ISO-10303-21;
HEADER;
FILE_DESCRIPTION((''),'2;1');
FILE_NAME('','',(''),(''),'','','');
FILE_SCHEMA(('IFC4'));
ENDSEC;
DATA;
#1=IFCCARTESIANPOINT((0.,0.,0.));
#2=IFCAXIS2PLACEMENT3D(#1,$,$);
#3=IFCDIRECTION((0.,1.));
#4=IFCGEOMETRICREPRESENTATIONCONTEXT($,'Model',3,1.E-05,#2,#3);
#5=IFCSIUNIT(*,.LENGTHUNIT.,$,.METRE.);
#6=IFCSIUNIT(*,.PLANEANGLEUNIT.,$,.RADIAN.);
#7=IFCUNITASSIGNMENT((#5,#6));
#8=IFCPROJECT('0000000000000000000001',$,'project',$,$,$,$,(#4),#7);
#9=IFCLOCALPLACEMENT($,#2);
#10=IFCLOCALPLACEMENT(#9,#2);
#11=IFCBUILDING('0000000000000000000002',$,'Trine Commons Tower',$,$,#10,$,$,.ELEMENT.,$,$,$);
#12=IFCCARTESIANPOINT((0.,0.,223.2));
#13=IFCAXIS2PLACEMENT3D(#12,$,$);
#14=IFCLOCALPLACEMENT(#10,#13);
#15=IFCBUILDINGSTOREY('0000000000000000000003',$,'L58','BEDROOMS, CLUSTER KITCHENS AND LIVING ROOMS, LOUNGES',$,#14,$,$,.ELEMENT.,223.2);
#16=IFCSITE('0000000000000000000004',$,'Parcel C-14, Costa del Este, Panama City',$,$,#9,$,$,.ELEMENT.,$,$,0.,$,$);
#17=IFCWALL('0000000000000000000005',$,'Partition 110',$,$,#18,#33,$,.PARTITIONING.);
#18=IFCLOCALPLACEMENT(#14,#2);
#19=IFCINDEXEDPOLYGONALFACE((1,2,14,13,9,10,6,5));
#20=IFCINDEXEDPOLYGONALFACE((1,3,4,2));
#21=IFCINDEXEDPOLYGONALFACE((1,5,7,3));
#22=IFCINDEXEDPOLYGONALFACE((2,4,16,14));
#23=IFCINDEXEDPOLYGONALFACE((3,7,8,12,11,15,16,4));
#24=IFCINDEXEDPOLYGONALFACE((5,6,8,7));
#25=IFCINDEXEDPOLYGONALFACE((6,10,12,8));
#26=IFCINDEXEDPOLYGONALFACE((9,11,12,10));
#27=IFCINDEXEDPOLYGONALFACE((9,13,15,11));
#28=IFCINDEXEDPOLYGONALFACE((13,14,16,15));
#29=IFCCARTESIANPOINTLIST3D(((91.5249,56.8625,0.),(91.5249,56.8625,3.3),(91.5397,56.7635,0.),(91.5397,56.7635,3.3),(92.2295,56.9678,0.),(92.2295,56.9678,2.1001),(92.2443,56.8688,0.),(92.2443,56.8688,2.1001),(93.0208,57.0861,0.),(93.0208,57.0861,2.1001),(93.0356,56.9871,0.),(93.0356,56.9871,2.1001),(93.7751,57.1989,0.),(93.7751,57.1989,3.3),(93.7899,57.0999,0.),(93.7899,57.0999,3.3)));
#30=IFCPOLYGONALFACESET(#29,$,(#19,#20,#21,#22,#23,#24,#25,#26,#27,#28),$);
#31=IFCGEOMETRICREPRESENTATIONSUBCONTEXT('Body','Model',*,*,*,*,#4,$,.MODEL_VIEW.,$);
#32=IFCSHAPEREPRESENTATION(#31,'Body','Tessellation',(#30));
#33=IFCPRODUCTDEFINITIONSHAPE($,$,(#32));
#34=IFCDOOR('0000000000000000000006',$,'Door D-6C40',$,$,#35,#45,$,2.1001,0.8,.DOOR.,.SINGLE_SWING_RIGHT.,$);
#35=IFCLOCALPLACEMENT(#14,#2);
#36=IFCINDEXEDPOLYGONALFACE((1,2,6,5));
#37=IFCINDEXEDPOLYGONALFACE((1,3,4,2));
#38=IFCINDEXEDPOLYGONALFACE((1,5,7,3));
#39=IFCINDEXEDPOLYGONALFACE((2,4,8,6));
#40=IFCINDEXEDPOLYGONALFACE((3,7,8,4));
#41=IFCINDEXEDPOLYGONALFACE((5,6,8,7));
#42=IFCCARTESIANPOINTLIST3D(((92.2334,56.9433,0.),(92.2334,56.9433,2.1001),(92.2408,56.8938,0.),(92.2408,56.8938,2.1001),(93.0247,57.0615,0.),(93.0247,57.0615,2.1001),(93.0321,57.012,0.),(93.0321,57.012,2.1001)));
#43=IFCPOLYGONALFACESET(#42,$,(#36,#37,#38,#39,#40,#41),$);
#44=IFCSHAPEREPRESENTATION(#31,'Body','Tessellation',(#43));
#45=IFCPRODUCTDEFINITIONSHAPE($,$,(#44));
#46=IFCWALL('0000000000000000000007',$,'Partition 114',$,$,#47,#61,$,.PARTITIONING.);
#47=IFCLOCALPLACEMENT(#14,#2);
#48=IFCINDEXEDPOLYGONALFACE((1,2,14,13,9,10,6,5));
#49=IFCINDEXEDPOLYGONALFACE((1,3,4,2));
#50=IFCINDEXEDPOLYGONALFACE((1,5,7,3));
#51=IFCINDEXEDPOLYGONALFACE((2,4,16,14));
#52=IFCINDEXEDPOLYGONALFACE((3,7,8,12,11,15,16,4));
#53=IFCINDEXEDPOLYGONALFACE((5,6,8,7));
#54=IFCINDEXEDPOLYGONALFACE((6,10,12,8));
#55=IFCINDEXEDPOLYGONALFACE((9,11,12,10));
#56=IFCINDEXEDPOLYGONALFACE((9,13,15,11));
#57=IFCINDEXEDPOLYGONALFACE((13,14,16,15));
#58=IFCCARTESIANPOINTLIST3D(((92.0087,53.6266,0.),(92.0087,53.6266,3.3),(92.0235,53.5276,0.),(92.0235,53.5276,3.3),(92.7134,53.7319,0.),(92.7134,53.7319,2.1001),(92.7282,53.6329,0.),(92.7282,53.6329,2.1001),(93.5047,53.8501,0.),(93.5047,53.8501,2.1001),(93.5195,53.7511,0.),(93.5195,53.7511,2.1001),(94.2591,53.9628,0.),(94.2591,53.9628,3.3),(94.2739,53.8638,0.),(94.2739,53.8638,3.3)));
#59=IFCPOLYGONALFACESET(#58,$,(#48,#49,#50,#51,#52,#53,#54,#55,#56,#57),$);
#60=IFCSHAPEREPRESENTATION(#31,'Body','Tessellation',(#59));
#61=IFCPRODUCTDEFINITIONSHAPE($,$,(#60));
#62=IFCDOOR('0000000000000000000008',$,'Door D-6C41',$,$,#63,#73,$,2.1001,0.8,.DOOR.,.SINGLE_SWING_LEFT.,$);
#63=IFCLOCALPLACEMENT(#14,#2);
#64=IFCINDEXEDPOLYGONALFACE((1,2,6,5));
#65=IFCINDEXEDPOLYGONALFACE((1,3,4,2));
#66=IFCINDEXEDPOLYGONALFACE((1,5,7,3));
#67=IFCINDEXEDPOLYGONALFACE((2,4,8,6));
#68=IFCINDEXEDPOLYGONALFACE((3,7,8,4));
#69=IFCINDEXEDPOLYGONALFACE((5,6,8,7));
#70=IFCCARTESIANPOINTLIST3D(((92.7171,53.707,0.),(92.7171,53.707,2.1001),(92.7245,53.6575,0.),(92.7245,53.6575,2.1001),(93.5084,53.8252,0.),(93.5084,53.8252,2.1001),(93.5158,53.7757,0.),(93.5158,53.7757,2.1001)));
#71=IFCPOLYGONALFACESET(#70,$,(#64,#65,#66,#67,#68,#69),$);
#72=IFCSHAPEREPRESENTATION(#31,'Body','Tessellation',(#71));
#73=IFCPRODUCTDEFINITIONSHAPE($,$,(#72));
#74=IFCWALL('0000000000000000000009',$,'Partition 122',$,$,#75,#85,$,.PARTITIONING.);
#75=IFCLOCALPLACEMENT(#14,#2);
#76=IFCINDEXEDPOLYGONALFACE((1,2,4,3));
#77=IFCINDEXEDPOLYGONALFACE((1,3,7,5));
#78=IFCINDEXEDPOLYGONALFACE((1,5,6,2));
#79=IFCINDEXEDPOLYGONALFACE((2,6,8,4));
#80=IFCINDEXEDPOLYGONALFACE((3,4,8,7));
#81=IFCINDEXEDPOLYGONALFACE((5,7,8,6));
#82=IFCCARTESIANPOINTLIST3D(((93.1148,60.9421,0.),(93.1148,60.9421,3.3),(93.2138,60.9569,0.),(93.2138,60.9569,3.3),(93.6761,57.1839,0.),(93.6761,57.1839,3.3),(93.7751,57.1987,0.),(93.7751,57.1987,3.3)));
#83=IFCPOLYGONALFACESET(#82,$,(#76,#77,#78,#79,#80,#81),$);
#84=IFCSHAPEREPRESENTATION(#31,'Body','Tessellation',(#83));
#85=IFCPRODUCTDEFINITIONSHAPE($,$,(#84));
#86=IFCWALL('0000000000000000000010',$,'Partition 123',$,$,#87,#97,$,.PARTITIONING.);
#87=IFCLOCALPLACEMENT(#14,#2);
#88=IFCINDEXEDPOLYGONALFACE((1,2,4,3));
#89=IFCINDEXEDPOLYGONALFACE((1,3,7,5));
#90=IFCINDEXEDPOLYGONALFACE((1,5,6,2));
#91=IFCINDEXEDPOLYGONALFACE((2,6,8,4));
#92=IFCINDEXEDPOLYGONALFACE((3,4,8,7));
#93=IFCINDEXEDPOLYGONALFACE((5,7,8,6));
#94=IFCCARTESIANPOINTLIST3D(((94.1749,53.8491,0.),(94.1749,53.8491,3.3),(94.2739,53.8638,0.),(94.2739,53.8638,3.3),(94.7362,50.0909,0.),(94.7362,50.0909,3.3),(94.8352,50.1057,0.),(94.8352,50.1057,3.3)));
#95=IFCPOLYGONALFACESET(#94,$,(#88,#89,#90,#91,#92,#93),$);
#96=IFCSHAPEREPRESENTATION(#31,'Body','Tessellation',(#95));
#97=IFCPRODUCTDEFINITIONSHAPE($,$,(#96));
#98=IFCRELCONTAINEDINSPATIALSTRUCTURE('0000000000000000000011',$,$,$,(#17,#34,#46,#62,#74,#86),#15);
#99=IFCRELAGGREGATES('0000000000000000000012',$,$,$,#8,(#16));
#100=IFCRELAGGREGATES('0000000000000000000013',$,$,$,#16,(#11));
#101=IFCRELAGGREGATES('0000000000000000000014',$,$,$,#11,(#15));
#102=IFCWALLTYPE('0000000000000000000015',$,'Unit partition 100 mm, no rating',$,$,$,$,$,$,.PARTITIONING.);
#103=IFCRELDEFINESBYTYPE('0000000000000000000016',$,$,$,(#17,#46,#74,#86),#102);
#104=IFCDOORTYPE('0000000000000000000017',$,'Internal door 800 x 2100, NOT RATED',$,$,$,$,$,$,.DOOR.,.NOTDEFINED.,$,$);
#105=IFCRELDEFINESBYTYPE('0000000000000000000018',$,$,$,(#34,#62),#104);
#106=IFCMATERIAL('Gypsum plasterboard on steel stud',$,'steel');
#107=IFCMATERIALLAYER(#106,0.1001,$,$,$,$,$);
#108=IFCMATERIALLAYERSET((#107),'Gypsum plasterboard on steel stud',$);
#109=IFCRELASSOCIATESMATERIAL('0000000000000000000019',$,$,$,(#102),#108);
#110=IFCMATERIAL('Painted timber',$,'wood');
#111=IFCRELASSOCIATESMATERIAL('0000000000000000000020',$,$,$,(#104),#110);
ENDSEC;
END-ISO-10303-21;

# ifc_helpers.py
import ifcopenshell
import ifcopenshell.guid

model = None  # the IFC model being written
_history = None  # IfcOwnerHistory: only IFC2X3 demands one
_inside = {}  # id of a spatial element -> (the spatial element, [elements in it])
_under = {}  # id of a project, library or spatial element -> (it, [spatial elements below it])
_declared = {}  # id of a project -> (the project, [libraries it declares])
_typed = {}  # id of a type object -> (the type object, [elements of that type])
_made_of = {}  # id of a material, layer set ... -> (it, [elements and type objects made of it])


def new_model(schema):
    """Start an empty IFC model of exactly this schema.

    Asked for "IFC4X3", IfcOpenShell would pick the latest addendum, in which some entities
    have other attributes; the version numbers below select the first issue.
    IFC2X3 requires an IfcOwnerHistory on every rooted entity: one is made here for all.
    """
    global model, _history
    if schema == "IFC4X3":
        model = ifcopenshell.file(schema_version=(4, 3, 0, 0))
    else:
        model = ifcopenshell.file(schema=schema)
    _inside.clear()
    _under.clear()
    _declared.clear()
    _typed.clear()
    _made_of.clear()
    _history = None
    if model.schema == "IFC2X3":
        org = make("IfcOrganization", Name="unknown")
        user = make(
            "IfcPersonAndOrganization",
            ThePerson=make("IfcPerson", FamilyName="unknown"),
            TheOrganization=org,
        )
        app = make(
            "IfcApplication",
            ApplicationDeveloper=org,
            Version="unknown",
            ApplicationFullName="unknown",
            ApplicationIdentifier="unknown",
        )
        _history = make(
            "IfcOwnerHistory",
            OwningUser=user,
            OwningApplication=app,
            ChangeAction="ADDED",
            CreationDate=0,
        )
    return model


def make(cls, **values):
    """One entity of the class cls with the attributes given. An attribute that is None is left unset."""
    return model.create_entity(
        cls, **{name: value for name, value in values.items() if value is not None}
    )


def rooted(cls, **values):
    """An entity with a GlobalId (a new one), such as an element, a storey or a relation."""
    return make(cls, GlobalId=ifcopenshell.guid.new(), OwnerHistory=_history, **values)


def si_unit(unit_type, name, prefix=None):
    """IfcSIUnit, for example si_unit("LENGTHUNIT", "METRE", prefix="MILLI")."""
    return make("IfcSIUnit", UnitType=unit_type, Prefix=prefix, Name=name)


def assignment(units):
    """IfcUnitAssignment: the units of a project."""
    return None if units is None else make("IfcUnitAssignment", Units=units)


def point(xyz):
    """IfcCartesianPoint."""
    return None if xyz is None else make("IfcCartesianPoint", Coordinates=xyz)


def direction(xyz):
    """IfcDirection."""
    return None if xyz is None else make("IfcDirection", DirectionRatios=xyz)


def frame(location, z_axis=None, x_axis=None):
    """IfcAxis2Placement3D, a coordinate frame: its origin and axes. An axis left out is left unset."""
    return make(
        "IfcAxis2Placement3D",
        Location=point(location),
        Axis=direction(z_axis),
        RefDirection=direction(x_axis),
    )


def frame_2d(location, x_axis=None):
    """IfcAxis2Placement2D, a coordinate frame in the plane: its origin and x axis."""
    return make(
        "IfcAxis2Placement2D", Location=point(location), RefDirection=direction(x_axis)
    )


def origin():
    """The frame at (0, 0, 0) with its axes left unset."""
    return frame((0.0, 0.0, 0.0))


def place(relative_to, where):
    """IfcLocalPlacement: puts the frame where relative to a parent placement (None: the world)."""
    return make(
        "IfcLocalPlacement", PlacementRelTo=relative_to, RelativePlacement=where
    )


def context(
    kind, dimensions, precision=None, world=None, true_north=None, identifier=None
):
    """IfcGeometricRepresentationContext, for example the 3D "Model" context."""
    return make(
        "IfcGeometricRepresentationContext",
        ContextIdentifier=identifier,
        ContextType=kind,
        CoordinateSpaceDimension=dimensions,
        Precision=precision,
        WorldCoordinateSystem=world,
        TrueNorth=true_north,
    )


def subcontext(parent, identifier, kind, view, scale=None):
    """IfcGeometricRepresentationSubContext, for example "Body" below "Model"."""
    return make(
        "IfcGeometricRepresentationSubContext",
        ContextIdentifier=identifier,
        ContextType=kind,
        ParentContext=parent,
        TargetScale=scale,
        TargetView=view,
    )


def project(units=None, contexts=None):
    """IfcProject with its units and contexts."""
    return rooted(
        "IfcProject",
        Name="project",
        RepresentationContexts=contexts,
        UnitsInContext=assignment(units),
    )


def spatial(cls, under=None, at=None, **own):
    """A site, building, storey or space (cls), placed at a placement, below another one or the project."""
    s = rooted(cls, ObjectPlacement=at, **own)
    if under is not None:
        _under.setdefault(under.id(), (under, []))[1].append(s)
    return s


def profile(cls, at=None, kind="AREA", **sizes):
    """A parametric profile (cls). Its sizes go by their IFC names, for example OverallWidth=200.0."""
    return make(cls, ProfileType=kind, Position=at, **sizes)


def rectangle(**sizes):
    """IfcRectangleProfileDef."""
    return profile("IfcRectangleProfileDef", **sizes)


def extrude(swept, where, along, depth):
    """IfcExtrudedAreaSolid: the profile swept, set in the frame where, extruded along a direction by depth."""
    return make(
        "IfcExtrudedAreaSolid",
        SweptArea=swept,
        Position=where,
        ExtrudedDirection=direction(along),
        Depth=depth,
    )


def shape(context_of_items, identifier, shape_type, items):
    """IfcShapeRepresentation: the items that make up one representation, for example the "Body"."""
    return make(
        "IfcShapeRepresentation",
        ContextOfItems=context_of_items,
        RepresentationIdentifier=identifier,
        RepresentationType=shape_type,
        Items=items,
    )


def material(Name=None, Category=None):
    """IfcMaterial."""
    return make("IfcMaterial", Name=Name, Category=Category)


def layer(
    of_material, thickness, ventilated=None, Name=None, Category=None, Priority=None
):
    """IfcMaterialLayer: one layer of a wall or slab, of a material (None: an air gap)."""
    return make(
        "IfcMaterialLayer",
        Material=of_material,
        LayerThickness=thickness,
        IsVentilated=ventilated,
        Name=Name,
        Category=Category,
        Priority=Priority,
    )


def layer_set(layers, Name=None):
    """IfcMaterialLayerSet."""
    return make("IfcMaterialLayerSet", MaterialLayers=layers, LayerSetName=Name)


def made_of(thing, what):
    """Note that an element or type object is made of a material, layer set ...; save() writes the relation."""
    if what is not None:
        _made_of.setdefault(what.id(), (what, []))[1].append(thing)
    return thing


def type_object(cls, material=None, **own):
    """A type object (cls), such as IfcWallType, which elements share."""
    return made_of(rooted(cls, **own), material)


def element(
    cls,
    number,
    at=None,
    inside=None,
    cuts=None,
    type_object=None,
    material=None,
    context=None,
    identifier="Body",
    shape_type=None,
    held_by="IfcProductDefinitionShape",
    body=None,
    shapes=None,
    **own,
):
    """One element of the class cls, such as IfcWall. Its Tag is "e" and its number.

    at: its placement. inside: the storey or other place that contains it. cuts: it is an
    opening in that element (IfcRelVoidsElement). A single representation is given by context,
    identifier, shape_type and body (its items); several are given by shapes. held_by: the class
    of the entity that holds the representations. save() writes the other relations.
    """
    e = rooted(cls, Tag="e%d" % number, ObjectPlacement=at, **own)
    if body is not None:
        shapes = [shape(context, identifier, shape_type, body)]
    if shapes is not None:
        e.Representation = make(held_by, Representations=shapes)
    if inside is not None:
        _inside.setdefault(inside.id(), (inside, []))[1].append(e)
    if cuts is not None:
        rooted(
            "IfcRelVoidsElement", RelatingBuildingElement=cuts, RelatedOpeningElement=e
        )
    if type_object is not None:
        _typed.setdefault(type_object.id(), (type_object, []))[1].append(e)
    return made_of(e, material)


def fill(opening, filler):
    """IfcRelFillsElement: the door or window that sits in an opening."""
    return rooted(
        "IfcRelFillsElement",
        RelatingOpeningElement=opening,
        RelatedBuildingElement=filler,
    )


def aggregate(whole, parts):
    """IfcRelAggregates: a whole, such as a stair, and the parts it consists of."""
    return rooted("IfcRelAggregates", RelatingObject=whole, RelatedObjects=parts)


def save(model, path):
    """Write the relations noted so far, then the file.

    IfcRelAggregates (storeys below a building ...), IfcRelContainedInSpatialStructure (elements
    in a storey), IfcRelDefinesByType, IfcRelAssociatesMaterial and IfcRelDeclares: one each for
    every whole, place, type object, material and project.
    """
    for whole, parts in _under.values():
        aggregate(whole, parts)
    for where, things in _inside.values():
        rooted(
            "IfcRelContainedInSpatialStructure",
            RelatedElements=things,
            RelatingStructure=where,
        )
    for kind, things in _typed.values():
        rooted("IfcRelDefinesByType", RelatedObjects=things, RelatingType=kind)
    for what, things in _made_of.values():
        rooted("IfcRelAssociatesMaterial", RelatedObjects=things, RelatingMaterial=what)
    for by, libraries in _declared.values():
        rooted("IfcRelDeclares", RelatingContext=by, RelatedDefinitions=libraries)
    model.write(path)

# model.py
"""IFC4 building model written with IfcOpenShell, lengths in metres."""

from ifc_helpers import new_model, si_unit, direction, frame, frame_2d, origin, place, context, subcontext, project, spatial, rectangle, extrude, material, layer, layer_set, type_object, element, fill, save


model = new_model("IFC4")

# Units and contexts
model_context = context("Model", 3, precision=1e-05, world=origin(), true_north=direction((0.0, 1.0)))
body_context = subcontext(model_context, "Body", "Model", "MODEL_VIEW")
ifc_project = project(units=[si_unit("LENGTHUNIT", "METRE"), si_unit("PLANEANGLEUNIT", "RADIAN")], contexts=[model_context])

# Site, building, storey
site_placement = place(None, origin())
site = spatial("IfcSite", under=ifc_project, at=site_placement, Name="Parcel C-14, Costa del Este, Panama City", CompositionType="ELEMENT", RefElevation=0.0)
building_placement = place(site_placement, origin())
building = spatial("IfcBuilding", under=site, at=building_placement, Name="Trine Commons Tower", CompositionType="ELEMENT")
storey_placement = place(building_placement, frame((0.0, 0.0, 223.2)))
storey = spatial("IfcBuildingStorey", under=building, at=storey_placement, Name="L58", Description="BEDROOMS, CLUSTER KITCHENS AND LIVING ROOMS, LOUNGES", CompositionType="ELEMENT", Elevation=223.2)

# Shared definitions
ifc_material_1 = material(Name="Gypsum plasterboard on steel stud", Category="steel")

# Walls, openings, doors
ifc_layer_1 = layer(ifc_material_1, 0.1001)
ifc_layer_set_1 = layer_set([ifc_layer_1], Name="Gypsum plasterboard on steel stud")
wall_type_1 = type_object("IfcWallType", Name="Unit partition 100 mm, no rating", PredefinedType="PARTITIONING", material=ifc_layer_set_1)
ifc_material_2 = material(Name="Painted timber", Category="wood")
door_type_1 = type_object("IfcDoorType", Name="Internal door 800 x 2100, NOT RATED", OperationType="NOTDEFINED", PredefinedType="DOOR", material=ifc_material_2)
wall_1_placement = place(storey_placement, frame((91.5322, 56.813, 0.0), z_axis=(0.0, 0.0, 1.0), x_axis=(0.989008, 0.147863, 0.0)))
wall_1 = element("IfcWall", 1, at=wall_1_placement, inside=storey, type_object=wall_type_1, Name="Partition 110", PredefinedType="PARTITIONING", context=body_context, shape_type="SweptSolid", body=[
    extrude(rectangle(XDim=2.2751, YDim=0.1001, at=frame_2d((1.1377, 0.0))), origin(), (0.0, 0.0, 1.0), 3.3),
])
opening_1_placement = place(wall_1_placement, frame((0.7126, 0.0, 0.0)))
opening_1 = element("IfcOpeningElement", 2, at=opening_1_placement, cuts=wall_1, PredefinedType="OPENING", context=body_context, shape_type="SweptSolid", body=[
    extrude(rectangle(XDim=0.8, YDim=2.1001, at=frame_2d((0.3999, 1.05))), frame((0.0, 0.0601, 0.0), z_axis=(0.0, -1.0, 0.0), x_axis=(1.0, 0.0, 0.0)), (0.0, 0.0, 1.0), 0.1201),
])
door_1_placement = place(opening_1_placement, frame((0.8, 0.0, 0.0), z_axis=(0.0, 0.0, 1.0), x_axis=(-1.0, 0.0, 0.0)))
door_1 = element("IfcDoor", 3, at=door_1_placement, inside=storey, type_object=door_type_1, Name="Door D-6C40", OperationType="SINGLE_SWING_RIGHT", OverallHeight=2.1001, OverallWidth=0.8, PredefinedType="DOOR", context=body_context, shape_type="SweptSolid", body=[
    extrude(rectangle(XDim=0.8, YDim=2.1001, at=frame_2d((0.3999, 1.05))), frame((0.0, 0.0249, 0.0), z_axis=(0.0, -1.0, 0.0), x_axis=(1.0, 0.0, 0.0)), (0.0, 0.0, 1.0), 0.05),
])
fill(opening_1, door_1)
wall_2_placement = place(storey_placement, frame((92.0161, 53.5771, 0.0), z_axis=(0.0, 0.0, 1.0), x_axis=(0.989026, 0.147742, 0.0)))
wall_2 = element("IfcWall", 4, at=wall_2_placement, inside=storey, type_object=wall_type_1, Name="Partition 114", PredefinedType="PARTITIONING", context=body_context, shape_type="SweptSolid", body=[
    extrude(rectangle(XDim=2.2754, YDim=0.1001, at=frame_2d((1.1377, 0.0))), origin(), (0.0, 0.0, 1.0), 3.3),
])
opening_2_placement = place(wall_2_placement, frame((0.7126, 0.0, 0.0)))
opening_2 = element("IfcOpeningElement", 5, at=opening_2_placement, cuts=wall_2, PredefinedType="OPENING", context=body_context, shape_type="SweptSolid", body=[
    extrude(rectangle(XDim=0.8, YDim=2.1001, at=frame_2d((0.3999, 1.05))), frame((0.0, 0.0601, 0.0), z_axis=(0.0, -1.0, 0.0), x_axis=(1.0, 0.0, 0.0)), (0.0, 0.0, 1.0), 0.1201),
])
door_2_placement = place(opening_2_placement, origin())
door_2 = element("IfcDoor", 6, at=door_2_placement, inside=storey, type_object=door_type_1, Name="Door D-6C41", OperationType="SINGLE_SWING_LEFT", OverallHeight=2.1001, OverallWidth=0.8, PredefinedType="DOOR", context=body_context, shape_type="SweptSolid", body=[
    extrude(rectangle(XDim=0.8, YDim=2.1001, at=frame_2d((0.3999, 1.05))), frame((0.0, 0.0249, 0.0), z_axis=(0.0, -1.0, 0.0), x_axis=(1.0, 0.0, 0.0)), (0.0, 0.0, 1.0), 0.05),
])
fill(opening_2, door_2)

# Walls
for number, where, z_axis, x_axis, name in (
    (7, (93.1643, 60.9495, 0.0), (0.0, 0.0, 1.0), (0.147715, -0.98903, 0.0), "Partition 122"),
    (8, (94.2244, 53.8564, 0.0), (0.0, 0.0, 1.0), (0.147715, -0.98903, 0.0), "Partition 123"),
):
    element("IfcWall", number, at=place(storey_placement, frame(where, z_axis=z_axis, x_axis=x_axis)), inside=storey, type_object=wall_type_1, Name=name, PredefinedType="PARTITIONING", context=body_context, shape_type="SweptSolid", body=[
        extrude(rectangle(XDim=3.7998, YDim=0.1001, at=frame_2d((1.8999, 0.0))), origin(), (0.0, 0.0, 1.0), 3.3),
    ])

save(model, "model.ifc")
